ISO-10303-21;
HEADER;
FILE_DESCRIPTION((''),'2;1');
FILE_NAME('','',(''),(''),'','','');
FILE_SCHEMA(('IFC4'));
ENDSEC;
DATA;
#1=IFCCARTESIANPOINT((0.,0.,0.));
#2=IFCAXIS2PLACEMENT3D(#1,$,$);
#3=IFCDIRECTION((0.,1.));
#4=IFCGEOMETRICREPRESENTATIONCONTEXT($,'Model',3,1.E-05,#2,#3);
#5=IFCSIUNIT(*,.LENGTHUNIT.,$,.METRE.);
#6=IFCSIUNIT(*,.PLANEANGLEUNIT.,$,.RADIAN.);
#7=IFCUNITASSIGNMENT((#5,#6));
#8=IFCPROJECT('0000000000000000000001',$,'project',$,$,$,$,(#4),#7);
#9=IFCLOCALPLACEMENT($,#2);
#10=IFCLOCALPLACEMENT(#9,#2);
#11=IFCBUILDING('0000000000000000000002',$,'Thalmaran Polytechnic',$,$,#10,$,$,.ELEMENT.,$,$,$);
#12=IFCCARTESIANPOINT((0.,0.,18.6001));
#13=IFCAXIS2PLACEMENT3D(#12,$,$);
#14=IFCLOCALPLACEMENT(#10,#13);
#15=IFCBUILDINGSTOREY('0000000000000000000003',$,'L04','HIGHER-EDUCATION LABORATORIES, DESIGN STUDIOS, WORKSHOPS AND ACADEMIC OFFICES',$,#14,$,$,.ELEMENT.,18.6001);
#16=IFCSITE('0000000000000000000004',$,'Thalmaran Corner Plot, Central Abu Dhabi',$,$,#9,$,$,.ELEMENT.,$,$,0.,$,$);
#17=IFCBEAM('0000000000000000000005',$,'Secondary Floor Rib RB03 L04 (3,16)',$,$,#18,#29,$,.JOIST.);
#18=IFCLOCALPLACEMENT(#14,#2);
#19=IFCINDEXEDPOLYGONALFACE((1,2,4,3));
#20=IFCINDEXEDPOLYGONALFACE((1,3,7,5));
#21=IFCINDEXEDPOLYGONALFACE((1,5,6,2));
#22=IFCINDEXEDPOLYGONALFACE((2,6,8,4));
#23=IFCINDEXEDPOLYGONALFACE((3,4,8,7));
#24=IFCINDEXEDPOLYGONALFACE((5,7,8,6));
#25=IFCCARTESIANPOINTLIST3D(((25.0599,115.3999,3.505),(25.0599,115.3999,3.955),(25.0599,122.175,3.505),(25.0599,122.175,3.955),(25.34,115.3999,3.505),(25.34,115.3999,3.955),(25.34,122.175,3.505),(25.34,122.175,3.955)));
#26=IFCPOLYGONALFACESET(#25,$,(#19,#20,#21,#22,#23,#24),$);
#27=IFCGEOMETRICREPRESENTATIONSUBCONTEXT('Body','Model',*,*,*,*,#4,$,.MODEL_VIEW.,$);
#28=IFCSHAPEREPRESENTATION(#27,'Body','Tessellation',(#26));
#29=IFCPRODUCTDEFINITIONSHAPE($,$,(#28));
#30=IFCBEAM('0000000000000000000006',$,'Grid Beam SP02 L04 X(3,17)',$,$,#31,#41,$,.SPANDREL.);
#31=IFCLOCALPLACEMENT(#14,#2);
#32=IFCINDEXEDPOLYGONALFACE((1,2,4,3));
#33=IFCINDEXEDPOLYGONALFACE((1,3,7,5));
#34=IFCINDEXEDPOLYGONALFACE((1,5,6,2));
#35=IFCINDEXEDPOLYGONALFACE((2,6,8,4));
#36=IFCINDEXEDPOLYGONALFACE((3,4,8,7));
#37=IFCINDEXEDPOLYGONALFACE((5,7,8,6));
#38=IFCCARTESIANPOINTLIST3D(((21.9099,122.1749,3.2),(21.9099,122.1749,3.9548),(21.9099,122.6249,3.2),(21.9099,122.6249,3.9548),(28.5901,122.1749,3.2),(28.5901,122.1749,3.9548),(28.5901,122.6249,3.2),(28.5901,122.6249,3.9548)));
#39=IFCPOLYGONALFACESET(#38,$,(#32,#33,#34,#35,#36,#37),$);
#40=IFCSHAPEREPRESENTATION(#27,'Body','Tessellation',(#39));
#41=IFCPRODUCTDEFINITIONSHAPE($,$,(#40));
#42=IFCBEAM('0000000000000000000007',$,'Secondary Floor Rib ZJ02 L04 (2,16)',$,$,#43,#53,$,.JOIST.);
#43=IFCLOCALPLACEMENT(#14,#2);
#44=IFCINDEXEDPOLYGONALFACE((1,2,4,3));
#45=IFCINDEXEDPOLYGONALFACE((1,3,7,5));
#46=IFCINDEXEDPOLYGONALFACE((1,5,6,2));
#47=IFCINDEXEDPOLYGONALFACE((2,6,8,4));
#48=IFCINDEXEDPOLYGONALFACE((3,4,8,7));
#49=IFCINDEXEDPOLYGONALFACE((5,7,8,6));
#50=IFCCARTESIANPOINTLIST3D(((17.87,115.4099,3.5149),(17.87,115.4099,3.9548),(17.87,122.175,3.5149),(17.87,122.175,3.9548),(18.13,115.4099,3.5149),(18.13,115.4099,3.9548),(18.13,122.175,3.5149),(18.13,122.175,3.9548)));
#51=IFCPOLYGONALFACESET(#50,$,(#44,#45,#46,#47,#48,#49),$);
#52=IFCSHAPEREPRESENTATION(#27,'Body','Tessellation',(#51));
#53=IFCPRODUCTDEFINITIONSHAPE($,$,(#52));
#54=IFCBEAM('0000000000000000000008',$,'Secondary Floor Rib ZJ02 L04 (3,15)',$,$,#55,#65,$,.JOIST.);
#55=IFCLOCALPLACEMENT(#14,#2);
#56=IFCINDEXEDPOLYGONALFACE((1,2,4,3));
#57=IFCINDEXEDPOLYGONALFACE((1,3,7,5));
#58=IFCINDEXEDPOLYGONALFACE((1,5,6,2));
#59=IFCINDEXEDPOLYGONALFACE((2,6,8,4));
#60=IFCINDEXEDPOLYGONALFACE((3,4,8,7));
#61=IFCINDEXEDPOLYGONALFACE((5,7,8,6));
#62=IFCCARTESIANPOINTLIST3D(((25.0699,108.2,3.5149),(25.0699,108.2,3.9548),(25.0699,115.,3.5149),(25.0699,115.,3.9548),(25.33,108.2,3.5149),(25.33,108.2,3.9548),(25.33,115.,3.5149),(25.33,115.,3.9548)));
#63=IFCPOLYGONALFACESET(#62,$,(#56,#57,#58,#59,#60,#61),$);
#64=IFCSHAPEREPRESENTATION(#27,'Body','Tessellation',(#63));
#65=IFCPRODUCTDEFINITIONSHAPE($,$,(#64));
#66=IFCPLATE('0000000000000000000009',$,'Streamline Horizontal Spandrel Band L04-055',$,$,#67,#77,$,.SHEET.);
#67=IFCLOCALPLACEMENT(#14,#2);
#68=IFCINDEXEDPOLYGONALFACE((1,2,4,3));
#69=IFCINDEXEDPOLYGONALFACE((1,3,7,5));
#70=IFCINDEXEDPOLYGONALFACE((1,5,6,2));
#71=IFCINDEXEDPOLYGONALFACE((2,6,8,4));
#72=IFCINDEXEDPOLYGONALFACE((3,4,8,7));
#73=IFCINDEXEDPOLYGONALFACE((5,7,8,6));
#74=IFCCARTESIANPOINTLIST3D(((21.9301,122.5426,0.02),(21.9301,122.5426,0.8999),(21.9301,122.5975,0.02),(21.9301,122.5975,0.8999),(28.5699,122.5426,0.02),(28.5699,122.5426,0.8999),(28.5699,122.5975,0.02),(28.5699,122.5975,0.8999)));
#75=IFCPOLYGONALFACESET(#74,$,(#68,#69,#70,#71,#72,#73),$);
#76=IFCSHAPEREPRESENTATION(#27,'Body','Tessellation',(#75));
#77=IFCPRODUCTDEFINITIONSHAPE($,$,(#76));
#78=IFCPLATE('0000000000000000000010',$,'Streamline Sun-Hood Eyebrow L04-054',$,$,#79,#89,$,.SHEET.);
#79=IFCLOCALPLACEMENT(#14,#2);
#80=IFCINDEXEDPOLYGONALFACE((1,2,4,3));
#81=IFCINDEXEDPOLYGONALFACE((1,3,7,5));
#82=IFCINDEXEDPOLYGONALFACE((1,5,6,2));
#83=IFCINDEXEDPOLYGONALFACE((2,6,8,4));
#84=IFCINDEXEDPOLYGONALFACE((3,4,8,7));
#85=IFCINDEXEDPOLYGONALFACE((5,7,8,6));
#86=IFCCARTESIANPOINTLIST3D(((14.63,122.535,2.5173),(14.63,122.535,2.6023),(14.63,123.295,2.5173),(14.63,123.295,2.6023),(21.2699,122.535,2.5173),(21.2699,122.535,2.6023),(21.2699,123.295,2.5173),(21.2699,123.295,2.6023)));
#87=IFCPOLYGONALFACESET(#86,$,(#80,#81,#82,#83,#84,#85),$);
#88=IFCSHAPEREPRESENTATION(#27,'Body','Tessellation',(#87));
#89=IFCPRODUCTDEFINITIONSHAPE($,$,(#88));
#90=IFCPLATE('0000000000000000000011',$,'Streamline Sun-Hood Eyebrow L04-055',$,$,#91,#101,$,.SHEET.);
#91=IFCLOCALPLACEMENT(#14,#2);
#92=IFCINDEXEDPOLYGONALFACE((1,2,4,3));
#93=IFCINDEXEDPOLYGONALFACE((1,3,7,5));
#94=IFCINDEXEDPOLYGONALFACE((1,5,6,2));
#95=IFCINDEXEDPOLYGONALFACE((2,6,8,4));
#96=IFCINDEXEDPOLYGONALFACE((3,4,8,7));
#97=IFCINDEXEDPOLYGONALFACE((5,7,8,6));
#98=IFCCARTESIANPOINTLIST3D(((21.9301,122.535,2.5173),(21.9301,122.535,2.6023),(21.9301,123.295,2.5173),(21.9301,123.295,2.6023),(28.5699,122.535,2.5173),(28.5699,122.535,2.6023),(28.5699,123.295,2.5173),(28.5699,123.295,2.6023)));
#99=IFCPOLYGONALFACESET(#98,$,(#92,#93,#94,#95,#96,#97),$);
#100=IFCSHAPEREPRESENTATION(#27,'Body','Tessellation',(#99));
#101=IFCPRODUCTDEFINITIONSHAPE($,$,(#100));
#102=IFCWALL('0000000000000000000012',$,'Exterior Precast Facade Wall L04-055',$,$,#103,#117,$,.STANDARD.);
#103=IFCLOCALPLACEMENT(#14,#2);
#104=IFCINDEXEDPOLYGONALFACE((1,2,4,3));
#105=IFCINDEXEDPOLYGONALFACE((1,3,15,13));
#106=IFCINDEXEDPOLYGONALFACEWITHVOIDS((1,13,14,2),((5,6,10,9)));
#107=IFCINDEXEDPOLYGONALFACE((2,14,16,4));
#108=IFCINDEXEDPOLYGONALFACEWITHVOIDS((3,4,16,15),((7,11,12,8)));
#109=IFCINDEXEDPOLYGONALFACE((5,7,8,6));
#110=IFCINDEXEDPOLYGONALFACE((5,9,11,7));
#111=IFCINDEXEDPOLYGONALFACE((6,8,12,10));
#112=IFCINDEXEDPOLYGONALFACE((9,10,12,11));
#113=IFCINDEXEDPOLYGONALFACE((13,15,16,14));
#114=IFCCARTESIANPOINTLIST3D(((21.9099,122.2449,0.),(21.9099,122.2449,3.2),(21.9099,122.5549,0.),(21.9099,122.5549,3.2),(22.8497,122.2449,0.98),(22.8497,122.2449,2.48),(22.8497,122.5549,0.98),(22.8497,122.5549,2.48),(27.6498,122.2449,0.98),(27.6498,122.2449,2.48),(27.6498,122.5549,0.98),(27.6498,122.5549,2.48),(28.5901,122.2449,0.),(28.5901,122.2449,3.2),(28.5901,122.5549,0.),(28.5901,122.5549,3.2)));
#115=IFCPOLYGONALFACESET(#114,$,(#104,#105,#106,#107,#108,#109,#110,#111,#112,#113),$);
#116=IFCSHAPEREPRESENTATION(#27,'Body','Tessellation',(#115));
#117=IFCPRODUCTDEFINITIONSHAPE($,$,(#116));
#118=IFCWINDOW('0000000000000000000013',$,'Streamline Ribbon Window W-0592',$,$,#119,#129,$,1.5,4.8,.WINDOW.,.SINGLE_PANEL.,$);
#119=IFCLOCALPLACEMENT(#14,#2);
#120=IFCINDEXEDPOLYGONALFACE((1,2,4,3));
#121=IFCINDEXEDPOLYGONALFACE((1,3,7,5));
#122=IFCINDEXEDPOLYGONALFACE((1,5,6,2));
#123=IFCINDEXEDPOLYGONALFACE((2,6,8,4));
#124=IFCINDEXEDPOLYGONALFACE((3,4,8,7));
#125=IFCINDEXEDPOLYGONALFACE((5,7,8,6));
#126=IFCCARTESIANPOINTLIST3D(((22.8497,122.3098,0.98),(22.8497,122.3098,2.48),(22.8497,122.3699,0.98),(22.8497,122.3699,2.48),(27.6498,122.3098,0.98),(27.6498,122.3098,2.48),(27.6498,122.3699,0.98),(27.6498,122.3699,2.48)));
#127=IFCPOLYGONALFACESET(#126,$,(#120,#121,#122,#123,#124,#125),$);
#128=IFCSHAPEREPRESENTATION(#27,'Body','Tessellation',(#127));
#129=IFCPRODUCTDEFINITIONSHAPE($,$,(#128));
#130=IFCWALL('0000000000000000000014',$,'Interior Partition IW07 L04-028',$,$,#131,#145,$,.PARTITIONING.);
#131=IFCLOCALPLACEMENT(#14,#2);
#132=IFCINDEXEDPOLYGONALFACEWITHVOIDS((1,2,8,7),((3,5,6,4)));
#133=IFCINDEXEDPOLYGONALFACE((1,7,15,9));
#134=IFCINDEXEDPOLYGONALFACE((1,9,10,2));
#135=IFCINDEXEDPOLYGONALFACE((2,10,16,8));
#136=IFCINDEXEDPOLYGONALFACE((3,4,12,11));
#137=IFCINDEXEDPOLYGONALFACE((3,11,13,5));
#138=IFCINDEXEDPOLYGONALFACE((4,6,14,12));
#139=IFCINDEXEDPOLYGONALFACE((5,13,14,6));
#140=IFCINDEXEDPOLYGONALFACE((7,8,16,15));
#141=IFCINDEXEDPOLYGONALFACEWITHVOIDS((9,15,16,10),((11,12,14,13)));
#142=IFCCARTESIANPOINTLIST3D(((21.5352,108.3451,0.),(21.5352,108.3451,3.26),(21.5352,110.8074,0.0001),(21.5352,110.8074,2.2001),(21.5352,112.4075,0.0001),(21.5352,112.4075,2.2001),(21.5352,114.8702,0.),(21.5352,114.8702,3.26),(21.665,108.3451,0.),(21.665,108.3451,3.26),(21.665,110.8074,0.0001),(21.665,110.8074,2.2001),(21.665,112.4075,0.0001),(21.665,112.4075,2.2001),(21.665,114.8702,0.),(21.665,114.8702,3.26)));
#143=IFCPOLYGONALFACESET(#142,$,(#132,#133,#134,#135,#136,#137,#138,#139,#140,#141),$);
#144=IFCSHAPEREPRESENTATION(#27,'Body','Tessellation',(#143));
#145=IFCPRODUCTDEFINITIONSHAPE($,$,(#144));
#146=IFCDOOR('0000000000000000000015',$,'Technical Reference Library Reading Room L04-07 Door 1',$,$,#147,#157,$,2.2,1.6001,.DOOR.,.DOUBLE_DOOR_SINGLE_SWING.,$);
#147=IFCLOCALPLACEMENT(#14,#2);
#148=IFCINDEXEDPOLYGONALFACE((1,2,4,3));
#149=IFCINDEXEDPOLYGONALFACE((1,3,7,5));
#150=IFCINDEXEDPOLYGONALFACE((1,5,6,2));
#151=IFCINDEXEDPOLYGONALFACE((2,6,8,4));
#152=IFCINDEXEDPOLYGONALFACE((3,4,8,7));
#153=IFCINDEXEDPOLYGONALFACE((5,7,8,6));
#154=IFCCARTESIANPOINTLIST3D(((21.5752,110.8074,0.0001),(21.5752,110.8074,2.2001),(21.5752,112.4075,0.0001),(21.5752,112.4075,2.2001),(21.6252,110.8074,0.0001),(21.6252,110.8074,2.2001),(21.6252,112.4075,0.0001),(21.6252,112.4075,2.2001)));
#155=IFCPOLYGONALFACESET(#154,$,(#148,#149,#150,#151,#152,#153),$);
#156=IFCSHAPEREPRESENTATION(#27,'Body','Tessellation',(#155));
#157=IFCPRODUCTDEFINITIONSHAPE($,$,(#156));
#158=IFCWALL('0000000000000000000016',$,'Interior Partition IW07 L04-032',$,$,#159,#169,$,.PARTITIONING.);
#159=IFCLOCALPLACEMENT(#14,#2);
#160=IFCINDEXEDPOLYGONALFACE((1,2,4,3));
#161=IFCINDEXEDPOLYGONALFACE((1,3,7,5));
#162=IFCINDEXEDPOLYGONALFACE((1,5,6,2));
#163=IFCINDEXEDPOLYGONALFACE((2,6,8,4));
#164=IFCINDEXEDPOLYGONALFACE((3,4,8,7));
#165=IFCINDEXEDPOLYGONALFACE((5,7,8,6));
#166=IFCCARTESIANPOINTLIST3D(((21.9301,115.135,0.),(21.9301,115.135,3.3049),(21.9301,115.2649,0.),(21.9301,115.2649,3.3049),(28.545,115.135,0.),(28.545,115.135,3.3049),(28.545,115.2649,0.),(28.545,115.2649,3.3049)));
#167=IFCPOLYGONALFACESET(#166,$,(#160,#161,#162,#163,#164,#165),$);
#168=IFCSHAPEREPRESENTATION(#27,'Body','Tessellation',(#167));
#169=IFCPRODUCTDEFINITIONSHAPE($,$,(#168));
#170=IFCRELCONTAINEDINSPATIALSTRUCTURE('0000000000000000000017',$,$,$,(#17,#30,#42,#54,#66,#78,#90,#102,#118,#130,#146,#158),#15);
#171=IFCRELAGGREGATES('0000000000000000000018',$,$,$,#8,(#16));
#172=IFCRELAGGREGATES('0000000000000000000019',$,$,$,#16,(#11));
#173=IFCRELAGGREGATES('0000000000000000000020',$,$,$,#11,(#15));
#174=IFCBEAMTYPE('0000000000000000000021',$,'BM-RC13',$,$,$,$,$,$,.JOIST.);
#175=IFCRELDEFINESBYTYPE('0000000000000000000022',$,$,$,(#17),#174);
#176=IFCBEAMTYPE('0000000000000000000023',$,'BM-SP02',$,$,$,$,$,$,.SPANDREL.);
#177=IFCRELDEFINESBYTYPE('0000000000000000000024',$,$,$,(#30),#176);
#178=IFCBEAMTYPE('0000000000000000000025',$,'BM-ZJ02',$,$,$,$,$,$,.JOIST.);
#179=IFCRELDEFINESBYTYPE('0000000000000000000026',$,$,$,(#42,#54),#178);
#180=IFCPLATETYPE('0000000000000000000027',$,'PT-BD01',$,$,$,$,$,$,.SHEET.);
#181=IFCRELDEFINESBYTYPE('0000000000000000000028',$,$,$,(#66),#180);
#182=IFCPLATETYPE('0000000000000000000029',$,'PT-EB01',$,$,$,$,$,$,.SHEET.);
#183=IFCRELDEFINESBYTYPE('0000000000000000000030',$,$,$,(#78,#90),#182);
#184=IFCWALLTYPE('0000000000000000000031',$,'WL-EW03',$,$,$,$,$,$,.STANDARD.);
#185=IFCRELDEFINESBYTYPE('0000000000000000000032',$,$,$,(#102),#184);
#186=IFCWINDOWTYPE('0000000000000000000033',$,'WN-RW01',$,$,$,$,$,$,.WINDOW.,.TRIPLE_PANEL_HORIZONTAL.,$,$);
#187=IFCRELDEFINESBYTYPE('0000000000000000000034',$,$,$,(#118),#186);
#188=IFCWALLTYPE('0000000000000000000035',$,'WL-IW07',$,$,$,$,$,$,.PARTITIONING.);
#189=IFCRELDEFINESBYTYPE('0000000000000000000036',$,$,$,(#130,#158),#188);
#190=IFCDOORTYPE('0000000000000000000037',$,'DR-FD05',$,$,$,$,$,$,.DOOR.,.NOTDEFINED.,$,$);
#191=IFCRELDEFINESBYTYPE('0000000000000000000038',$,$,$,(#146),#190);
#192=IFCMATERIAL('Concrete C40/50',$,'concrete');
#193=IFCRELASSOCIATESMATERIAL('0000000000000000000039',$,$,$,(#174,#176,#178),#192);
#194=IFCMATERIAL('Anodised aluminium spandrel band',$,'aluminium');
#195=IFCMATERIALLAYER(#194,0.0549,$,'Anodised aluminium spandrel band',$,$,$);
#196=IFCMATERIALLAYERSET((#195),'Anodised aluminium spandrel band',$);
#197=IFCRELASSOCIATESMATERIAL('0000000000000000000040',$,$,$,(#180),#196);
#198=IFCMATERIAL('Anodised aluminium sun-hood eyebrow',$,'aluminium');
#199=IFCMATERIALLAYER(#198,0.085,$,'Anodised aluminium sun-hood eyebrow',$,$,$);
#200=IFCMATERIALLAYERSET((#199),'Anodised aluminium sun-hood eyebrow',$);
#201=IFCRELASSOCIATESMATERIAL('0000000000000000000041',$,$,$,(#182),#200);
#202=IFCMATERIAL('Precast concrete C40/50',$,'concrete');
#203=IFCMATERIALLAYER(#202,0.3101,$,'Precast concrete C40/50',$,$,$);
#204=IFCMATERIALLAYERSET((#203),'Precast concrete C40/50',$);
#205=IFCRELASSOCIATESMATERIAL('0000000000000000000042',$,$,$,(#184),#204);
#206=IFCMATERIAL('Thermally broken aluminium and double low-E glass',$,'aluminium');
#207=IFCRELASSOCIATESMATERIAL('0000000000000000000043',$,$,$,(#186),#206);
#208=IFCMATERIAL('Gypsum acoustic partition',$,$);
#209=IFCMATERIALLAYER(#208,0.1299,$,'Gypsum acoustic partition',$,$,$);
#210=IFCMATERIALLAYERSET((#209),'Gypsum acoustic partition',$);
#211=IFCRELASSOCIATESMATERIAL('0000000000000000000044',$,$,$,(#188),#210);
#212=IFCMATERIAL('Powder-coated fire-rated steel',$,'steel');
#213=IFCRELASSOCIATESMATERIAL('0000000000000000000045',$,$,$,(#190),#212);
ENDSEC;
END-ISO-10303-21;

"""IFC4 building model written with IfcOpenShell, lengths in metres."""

from ifc_helpers import new_model, si_unit, direction, frame, frame_2d, origin, origin_2d, place, context, subcontext, project, spatial, rectangle, extrude, material, layer, layer_set, material_profile, profile_set, type_object, element, fill, save


model = new_model("IFC4")

# Units and contexts
model_context = context("Model", 3, precision=1e-05, world=origin(), true_north=direction((0.0, 1.0)))
body_context = subcontext(model_context, "Body", "Model", "MODEL_VIEW")
ifc_project = project(units=[si_unit("LENGTHUNIT", "METRE"), si_unit("PLANEANGLEUNIT", "RADIAN")], contexts=[model_context])

# Site, building, storey
site_placement = place(None, origin())
site = spatial("IfcSite", under=ifc_project, at=site_placement, Name="Thalmaran Corner Plot, Central Abu Dhabi", CompositionType="ELEMENT", RefElevation=0.0)
building_placement = place(site_placement, origin())
building = spatial("IfcBuilding", under=site, at=building_placement, Name="Thalmaran Polytechnic", CompositionType="ELEMENT")
storey_placement = place(building_placement, frame((0.0, 0.0, 18.6001)))
storey = spatial("IfcBuildingStorey", under=building, at=storey_placement, Name="L04", Description="HIGHER-EDUCATION LABORATORIES, DESIGN STUDIOS, WORKSHOPS AND ACADEMIC OFFICES", CompositionType="ELEMENT", Elevation=18.6001)

# Shared definitions
ifc_material_1 = material(Name="Concrete C40/50", Category="concrete")

# Beams
ifc_material_profile_1 = material_profile(ifc_material_1, rectangle(XDim=0.28, YDim=0.45, at=origin_2d()), Name="RC 280x450")
ifc_profile_set_1 = profile_set([ifc_material_profile_1], Name="Concrete C40/50")
beam_type_1 = type_object("IfcBeamType", Name="BM-RC13", PredefinedType="JOIST", material=ifc_profile_set_1)
beam_1_placement = place(storey_placement, frame((25.2, 115.3999, 3.73), z_axis=(0.0, 1.0, 0.0), x_axis=(-1.0, 0.0, 0.0)))
element("IfcBeam", 1, at=beam_1_placement, inside=storey, type_object=beam_type_1, Name="Secondary Floor Rib RB03 L04 (3,16)", PredefinedType="JOIST", context=body_context, shape_type="SweptSolid", body=[
    extrude(rectangle(XDim=0.28, YDim=0.45, at=origin_2d()), origin(), (0.0, 0.0, 1.0), 6.7751),
])
ifc_material_profile_2 = material_profile(ifc_material_1, rectangle(XDim=0.45, YDim=0.7549, at=origin_2d()), Name="RC 450x755")
ifc_profile_set_2 = profile_set([ifc_material_profile_2], Name="Concrete C40/50")
beam_type_2 = type_object("IfcBeamType", Name="BM-SP02", PredefinedType="SPANDREL", material=ifc_profile_set_2)
beam_2_placement = place(storey_placement, frame((21.9099, 122.3999, 3.5774), z_axis=(1.0, 0.0, 0.0), x_axis=(0.0, 1.0, 0.0)))
element("IfcBeam", 2, at=beam_2_placement, inside=storey, type_object=beam_type_2, Name="Grid Beam SP02 L04 X(3,17)", PredefinedType="SPANDREL", context=body_context, shape_type="SweptSolid", body=[
    extrude(rectangle(XDim=0.45, YDim=0.7549, at=origin_2d()), origin(), (0.0, 0.0, 1.0), 6.6802),
])
ifc_material_profile_3 = material_profile(ifc_material_1, rectangle(XDim=0.26, YDim=0.4399, at=origin_2d()), Name="RC 260x440")
ifc_profile_set_3 = profile_set([ifc_material_profile_3], Name="Concrete C40/50")
beam_type_3 = type_object("IfcBeamType", Name="BM-ZJ02", PredefinedType="JOIST", material=ifc_profile_set_3)
beam_3_placement = place(storey_placement, frame((18.0, 115.4099, 3.7349), z_axis=(0.0, 1.0, 0.0), x_axis=(-1.0, 0.0, 0.0)))
element("IfcBeam", 3, at=beam_3_placement, inside=storey, type_object=beam_type_3, Name="Secondary Floor Rib ZJ02 L04 (2,16)", PredefinedType="JOIST", context=body_context, shape_type="SweptSolid", body=[
    extrude(rectangle(XDim=0.26, YDim=0.4399, at=origin_2d()), origin(), (0.0, 0.0, 1.0), 6.7651),
])
beam_4_placement = place(storey_placement, frame((25.2, 108.2, 3.7349), z_axis=(0.0, 1.0, 0.0), x_axis=(-1.0, 0.0, 0.0)))
element("IfcBeam", 4, at=beam_4_placement, inside=storey, type_object=beam_type_3, Name="Secondary Floor Rib ZJ02 L04 (3,15)", PredefinedType="JOIST", context=body_context, shape_type="SweptSolid", body=[
    extrude(rectangle(XDim=0.26, YDim=0.4399, at=origin_2d()), origin(), (0.0, 0.0, 1.0), 6.8),
])

# Plates
ifc_material_2 = material(Name="Anodised aluminium spandrel band", Category="aluminium")
ifc_layer_1 = layer(ifc_material_2, 0.0549, Name="Anodised aluminium spandrel band")
ifc_layer_set_1 = layer_set([ifc_layer_1], Name="Anodised aluminium spandrel band")
plate_type_1 = type_object("IfcPlateType", Name="PT-BD01", PredefinedType="SHEET", material=ifc_layer_set_1)
plate_placement = place(storey_placement, frame((25.25, 122.5701, 0.02), z_axis=(0.0, 0.0, 1.0), x_axis=(1.0, 0.0, 0.0)))
element("IfcPlate", 5, at=plate_placement, inside=storey, type_object=plate_type_1, Name="Streamline Horizontal Spandrel Band L04-055", PredefinedType="SHEET", context=body_context, shape_type="SweptSolid", body=[
    extrude(rectangle(XDim=6.6399, YDim=0.0549, at=origin_2d()), origin(), (0.0, 0.0, 1.0), 0.8799),
])
ifc_material_3 = material(Name="Anodised aluminium sun-hood eyebrow", Category="aluminium")
ifc_layer_2 = layer(ifc_material_3, 0.085, Name="Anodised aluminium sun-hood eyebrow")
ifc_layer_set_2 = layer_set([ifc_layer_2], Name="Anodised aluminium sun-hood eyebrow")
plate_type_2 = type_object("IfcPlateType", Name="PT-EB01", PredefinedType="SHEET", material=ifc_layer_set_2)
for number, where, z_axis, x_axis, name in (
    (6, (17.95, 122.915, 2.5173), (0.0, 0.0, 1.0), (1.0, 0.0, 0.0), "Streamline Sun-Hood Eyebrow L04-054"),
    (7, (25.25, 122.915, 2.5173), (0.0, 0.0, 1.0), (1.0, 0.0, 0.0), "Streamline Sun-Hood Eyebrow L04-055"),
):
    element("IfcPlate", number, at=place(storey_placement, frame(where, z_axis=z_axis, x_axis=x_axis)), inside=storey, type_object=plate_type_2, Name=name, PredefinedType="SHEET", context=body_context, shape_type="SweptSolid", body=[
        extrude(rectangle(XDim=6.6399, YDim=0.76, at=origin_2d()), origin(), (0.0, 0.0, 1.0), 0.085),
    ])

# Wall, opening, window
ifc_material_4 = material(Name="Precast concrete C40/50", Category="concrete")
ifc_layer_3 = layer(ifc_material_4, 0.3101, Name="Precast concrete C40/50")
ifc_layer_set_3 = layer_set([ifc_layer_3], Name="Precast concrete C40/50")
wall_type_1 = type_object("IfcWallType", Name="WL-EW03", PredefinedType="STANDARD", material=ifc_layer_set_3)
wall_1_placement = place(storey_placement, frame((21.9099, 122.3999, 0.0), z_axis=(0.0, 0.0, 1.0), x_axis=(1.0, 0.0, 0.0)))
wall_1 = element("IfcWall", 8, at=wall_1_placement, inside=storey, type_object=wall_type_1, Name="Exterior Precast Facade Wall L04-055", PredefinedType="STANDARD", context=body_context, shape_type="SweptSolid", body=[
    extrude(rectangle(XDim=6.6802, YDim=0.3101, at=frame_2d((3.3401, 0.0))), origin(), (0.0, 0.0, 1.0), 3.2),
])
opening_1_placement = place(wall_1_placement, frame((0.9399, 0.0, 0.98)))
opening_1 = element("IfcOpeningElement", 9, at=opening_1_placement, cuts=wall_1, PredefinedType="OPENING", context=body_context, shape_type="SweptSolid", body=[
    extrude(rectangle(XDim=4.8, YDim=1.5, at=frame_2d((2.3999, 0.75))), frame((0.0, 0.165, 0.0), z_axis=(0.0, -1.0, 0.0), x_axis=(1.0, 0.0, 0.0)), (0.0, 0.0, 1.0), 0.3301),
])
ifc_material_5 = material(Name="Thermally broken aluminium and double low-E glass", Category="aluminium")
window_type = type_object("IfcWindowType", Name="WN-RW01", PartitioningType="TRIPLE_PANEL_HORIZONTAL", PredefinedType="WINDOW", material=ifc_material_5)
window_placement = place(opening_1_placement, origin())
window = element("IfcWindow", 10, at=window_placement, inside=storey, type_object=window_type, Name="Streamline Ribbon Window W-0592", OverallHeight=1.5, OverallWidth=4.8, PartitioningType="SINGLE_PANEL", PredefinedType="WINDOW", context=body_context, shape_type="SweptSolid", body=[
    extrude(rectangle(XDim=4.8, YDim=1.5, at=frame_2d((2.3999, 0.75))), frame((0.0, -0.03, 0.0), z_axis=(0.0, -1.0, 0.0), x_axis=(1.0, 0.0, 0.0)), (0.0, 0.0, 1.0), 0.0601),
])
fill(opening_1, window)

# Wall, opening, door
ifc_material_6 = material(Name="Gypsum acoustic partition")
ifc_layer_4 = layer(ifc_material_6, 0.1299, Name="Gypsum acoustic partition")
ifc_layer_set_4 = layer_set([ifc_layer_4], Name="Gypsum acoustic partition")
wall_type_2 = type_object("IfcWallType", Name="WL-IW07", PredefinedType="PARTITIONING", material=ifc_layer_set_4)
wall_2_placement = place(storey_placement, frame((21.6001, 108.345, 0.0), z_axis=(0.0, 0.0, 1.0), x_axis=(0.0, 1.0, 0.0)))
wall_2 = element("IfcWall", 11, at=wall_2_placement, inside=storey, type_object=wall_type_2, Name="Interior Partition IW07 L04-028", PredefinedType="PARTITIONING", context=body_context, shape_type="SweptSolid", body=[
    extrude(rectangle(XDim=6.5251, YDim=0.1299, at=frame_2d((3.2627, 0.0))), origin(), (0.0, 0.0, 1.0), 3.26),
])
opening_2_placement = place(wall_2_placement, frame((2.4624, 0.0, 0.0)))
opening_2 = element("IfcOpeningElement", 12, at=opening_2_placement, cuts=wall_2, PredefinedType="OPENING", context=body_context, shape_type="SweptSolid", body=[
    extrude(rectangle(XDim=1.6001, YDim=2.2, at=frame_2d((0.8, 1.1001))), frame((0.0, 0.075, 0.0), z_axis=(0.0, -1.0, 0.0), x_axis=(1.0, 0.0, 0.0)), (0.0, 0.0, 1.0), 0.1499),
])
ifc_material_7 = material(Name="Powder-coated fire-rated steel", Category="steel")
door_type = type_object("IfcDoorType", Name="DR-FD05", OperationType="NOTDEFINED", PredefinedType="DOOR", material=ifc_material_7)
door_placement = place(opening_2_placement, origin())
door = element("IfcDoor", 13, at=door_placement, inside=storey, type_object=door_type, Name="Technical Reference Library Reading Room L04-07 Door 1", OperationType="DOUBLE_DOOR_SINGLE_SWING", OverallHeight=2.2, OverallWidth=1.6001, PredefinedType="DOOR", context=body_context, shape_type="SweptSolid", body=[
    extrude(rectangle(XDim=1.6001, YDim=2.2, at=frame_2d((0.8, 1.1001))), frame((0.0, 0.0249, 0.0), z_axis=(0.0, -1.0, 0.0), x_axis=(1.0, 0.0, 0.0)), (0.0, 0.0, 1.0), 0.05),
])
fill(opening_2, door)

# Wall
wall_3_placement = place(storey_placement, frame((21.9299, 115.2, 0.0), z_axis=(0.0, 0.0, 1.0), x_axis=(1.0, 0.0, 0.0)))
element("IfcWall", 14, at=wall_3_placement, inside=storey, type_object=wall_type_2, Name="Interior Partition IW07 L04-032", PredefinedType="PARTITIONING", context=body_context, shape_type="SweptSolid", body=[
    extrude(rectangle(XDim=6.615, YDim=0.1299, at=frame_2d((3.3076, 0.0))), origin(), (0.0, 0.0, 1.0), 3.3049),
])

save(model, "model.ifc")
